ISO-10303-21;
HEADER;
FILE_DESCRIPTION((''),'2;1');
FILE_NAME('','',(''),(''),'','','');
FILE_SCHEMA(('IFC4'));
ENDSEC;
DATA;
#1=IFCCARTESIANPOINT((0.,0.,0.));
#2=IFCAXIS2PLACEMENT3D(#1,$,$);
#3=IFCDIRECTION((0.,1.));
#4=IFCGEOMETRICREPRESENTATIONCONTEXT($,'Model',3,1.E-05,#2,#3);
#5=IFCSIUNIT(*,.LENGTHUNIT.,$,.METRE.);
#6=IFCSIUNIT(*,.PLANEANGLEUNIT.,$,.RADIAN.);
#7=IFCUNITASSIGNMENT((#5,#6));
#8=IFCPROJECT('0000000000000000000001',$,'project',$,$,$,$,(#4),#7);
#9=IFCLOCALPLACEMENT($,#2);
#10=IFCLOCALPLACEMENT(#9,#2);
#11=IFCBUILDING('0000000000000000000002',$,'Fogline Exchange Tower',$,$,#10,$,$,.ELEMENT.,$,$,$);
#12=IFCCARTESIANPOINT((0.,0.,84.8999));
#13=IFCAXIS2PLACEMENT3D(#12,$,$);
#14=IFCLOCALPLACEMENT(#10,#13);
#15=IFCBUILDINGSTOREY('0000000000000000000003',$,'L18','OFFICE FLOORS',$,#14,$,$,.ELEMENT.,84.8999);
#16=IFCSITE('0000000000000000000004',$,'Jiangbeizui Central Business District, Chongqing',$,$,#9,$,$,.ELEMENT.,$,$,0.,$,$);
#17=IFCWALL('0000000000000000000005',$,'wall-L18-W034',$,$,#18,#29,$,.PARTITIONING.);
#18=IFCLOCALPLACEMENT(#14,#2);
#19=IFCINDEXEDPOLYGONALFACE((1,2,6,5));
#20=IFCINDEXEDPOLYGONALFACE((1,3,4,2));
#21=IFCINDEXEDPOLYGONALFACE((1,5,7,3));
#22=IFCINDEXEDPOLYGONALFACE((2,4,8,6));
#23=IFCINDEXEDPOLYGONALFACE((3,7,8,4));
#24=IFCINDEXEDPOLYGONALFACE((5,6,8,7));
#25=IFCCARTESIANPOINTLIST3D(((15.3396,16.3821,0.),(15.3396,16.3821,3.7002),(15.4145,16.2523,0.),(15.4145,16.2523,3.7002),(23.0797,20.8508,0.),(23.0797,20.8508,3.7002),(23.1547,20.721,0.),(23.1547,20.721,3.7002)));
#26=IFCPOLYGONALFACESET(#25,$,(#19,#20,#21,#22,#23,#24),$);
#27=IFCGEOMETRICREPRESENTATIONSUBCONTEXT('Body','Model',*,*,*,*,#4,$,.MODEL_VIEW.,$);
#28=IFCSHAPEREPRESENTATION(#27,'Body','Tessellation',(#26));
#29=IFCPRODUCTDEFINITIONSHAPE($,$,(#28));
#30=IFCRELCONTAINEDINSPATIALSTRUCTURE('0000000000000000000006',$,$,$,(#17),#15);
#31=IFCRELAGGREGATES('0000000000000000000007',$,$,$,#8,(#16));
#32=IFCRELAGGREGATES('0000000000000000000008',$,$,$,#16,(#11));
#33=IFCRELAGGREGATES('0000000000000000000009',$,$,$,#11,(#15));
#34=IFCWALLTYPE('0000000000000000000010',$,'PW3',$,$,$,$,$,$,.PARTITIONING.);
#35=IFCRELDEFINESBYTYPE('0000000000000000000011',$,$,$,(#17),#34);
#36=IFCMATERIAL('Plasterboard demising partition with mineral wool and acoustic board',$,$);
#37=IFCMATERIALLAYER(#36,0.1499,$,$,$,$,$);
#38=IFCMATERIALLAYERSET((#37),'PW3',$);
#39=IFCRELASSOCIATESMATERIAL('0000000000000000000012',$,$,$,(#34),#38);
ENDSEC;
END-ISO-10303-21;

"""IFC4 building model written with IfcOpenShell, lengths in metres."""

from ifc_helpers import new_model, si_unit, direction, frame, frame_2d, origin, place, context, subcontext, project, spatial, rectangle, extrude, material, layer, layer_set, type_object, element, save


model = new_model("IFC4")

# Units and contexts
model_context = context("Model", 3, precision=1e-05, world=origin(), true_north=direction((0.0, 1.0)))
body_context = subcontext(model_context, "Body", "Model", "MODEL_VIEW")
ifc_project = project(units=[si_unit("LENGTHUNIT", "METRE"), si_unit("PLANEANGLEUNIT", "RADIAN")], contexts=[model_context])

# Site, building, storey
site_placement = place(None, origin())
site = spatial("IfcSite", under=ifc_project, at=site_placement, Name="Jiangbeizui Central Business District, Chongqing", CompositionType="ELEMENT", RefElevation=0.0)
building_placement = place(site_placement, origin())
building = spatial("IfcBuilding", under=site, at=building_placement, Name="Fogline Exchange Tower", CompositionType="ELEMENT")
storey_placement = place(building_placement, frame((0.0, 0.0, 84.8999)))
storey = spatial("IfcBuildingStorey", under=building, at=storey_placement, Name="L18", Description="OFFICE FLOORS", CompositionType="ELEMENT", Elevation=84.8999)

# Wall
ifc_material_1 = material(Name="Plasterboard demising partition with mineral wool and acoustic board")
ifc_layer_1 = layer(ifc_material_1, 0.1499)
ifc_layer_set_1 = layer_set([ifc_layer_1], Name="PW3")
wall_type_1 = type_object("IfcWallType", Name="PW3", PredefinedType="PARTITIONING", material=ifc_layer_set_1)
wall_1_placement = place(storey_placement, frame((23.1172, 20.7859, 0.0), z_axis=(0.0, 0.0, 1.0), x_axis=(-0.866029, -0.499994, 0.0)))
element("IfcWall", 1, at=wall_1_placement, inside=storey, type_object=wall_type_1, Name="wall-L18-W034", PredefinedType="PARTITIONING", context=body_context, shape_type="SweptSolid", body=[
    extrude(rectangle(XDim=8.9375, YDim=0.1499, at=frame_2d((4.4688, 0.0))), origin(), (0.0, 0.0, 1.0), 3.7002),
])

save(model, "model.ifc")
